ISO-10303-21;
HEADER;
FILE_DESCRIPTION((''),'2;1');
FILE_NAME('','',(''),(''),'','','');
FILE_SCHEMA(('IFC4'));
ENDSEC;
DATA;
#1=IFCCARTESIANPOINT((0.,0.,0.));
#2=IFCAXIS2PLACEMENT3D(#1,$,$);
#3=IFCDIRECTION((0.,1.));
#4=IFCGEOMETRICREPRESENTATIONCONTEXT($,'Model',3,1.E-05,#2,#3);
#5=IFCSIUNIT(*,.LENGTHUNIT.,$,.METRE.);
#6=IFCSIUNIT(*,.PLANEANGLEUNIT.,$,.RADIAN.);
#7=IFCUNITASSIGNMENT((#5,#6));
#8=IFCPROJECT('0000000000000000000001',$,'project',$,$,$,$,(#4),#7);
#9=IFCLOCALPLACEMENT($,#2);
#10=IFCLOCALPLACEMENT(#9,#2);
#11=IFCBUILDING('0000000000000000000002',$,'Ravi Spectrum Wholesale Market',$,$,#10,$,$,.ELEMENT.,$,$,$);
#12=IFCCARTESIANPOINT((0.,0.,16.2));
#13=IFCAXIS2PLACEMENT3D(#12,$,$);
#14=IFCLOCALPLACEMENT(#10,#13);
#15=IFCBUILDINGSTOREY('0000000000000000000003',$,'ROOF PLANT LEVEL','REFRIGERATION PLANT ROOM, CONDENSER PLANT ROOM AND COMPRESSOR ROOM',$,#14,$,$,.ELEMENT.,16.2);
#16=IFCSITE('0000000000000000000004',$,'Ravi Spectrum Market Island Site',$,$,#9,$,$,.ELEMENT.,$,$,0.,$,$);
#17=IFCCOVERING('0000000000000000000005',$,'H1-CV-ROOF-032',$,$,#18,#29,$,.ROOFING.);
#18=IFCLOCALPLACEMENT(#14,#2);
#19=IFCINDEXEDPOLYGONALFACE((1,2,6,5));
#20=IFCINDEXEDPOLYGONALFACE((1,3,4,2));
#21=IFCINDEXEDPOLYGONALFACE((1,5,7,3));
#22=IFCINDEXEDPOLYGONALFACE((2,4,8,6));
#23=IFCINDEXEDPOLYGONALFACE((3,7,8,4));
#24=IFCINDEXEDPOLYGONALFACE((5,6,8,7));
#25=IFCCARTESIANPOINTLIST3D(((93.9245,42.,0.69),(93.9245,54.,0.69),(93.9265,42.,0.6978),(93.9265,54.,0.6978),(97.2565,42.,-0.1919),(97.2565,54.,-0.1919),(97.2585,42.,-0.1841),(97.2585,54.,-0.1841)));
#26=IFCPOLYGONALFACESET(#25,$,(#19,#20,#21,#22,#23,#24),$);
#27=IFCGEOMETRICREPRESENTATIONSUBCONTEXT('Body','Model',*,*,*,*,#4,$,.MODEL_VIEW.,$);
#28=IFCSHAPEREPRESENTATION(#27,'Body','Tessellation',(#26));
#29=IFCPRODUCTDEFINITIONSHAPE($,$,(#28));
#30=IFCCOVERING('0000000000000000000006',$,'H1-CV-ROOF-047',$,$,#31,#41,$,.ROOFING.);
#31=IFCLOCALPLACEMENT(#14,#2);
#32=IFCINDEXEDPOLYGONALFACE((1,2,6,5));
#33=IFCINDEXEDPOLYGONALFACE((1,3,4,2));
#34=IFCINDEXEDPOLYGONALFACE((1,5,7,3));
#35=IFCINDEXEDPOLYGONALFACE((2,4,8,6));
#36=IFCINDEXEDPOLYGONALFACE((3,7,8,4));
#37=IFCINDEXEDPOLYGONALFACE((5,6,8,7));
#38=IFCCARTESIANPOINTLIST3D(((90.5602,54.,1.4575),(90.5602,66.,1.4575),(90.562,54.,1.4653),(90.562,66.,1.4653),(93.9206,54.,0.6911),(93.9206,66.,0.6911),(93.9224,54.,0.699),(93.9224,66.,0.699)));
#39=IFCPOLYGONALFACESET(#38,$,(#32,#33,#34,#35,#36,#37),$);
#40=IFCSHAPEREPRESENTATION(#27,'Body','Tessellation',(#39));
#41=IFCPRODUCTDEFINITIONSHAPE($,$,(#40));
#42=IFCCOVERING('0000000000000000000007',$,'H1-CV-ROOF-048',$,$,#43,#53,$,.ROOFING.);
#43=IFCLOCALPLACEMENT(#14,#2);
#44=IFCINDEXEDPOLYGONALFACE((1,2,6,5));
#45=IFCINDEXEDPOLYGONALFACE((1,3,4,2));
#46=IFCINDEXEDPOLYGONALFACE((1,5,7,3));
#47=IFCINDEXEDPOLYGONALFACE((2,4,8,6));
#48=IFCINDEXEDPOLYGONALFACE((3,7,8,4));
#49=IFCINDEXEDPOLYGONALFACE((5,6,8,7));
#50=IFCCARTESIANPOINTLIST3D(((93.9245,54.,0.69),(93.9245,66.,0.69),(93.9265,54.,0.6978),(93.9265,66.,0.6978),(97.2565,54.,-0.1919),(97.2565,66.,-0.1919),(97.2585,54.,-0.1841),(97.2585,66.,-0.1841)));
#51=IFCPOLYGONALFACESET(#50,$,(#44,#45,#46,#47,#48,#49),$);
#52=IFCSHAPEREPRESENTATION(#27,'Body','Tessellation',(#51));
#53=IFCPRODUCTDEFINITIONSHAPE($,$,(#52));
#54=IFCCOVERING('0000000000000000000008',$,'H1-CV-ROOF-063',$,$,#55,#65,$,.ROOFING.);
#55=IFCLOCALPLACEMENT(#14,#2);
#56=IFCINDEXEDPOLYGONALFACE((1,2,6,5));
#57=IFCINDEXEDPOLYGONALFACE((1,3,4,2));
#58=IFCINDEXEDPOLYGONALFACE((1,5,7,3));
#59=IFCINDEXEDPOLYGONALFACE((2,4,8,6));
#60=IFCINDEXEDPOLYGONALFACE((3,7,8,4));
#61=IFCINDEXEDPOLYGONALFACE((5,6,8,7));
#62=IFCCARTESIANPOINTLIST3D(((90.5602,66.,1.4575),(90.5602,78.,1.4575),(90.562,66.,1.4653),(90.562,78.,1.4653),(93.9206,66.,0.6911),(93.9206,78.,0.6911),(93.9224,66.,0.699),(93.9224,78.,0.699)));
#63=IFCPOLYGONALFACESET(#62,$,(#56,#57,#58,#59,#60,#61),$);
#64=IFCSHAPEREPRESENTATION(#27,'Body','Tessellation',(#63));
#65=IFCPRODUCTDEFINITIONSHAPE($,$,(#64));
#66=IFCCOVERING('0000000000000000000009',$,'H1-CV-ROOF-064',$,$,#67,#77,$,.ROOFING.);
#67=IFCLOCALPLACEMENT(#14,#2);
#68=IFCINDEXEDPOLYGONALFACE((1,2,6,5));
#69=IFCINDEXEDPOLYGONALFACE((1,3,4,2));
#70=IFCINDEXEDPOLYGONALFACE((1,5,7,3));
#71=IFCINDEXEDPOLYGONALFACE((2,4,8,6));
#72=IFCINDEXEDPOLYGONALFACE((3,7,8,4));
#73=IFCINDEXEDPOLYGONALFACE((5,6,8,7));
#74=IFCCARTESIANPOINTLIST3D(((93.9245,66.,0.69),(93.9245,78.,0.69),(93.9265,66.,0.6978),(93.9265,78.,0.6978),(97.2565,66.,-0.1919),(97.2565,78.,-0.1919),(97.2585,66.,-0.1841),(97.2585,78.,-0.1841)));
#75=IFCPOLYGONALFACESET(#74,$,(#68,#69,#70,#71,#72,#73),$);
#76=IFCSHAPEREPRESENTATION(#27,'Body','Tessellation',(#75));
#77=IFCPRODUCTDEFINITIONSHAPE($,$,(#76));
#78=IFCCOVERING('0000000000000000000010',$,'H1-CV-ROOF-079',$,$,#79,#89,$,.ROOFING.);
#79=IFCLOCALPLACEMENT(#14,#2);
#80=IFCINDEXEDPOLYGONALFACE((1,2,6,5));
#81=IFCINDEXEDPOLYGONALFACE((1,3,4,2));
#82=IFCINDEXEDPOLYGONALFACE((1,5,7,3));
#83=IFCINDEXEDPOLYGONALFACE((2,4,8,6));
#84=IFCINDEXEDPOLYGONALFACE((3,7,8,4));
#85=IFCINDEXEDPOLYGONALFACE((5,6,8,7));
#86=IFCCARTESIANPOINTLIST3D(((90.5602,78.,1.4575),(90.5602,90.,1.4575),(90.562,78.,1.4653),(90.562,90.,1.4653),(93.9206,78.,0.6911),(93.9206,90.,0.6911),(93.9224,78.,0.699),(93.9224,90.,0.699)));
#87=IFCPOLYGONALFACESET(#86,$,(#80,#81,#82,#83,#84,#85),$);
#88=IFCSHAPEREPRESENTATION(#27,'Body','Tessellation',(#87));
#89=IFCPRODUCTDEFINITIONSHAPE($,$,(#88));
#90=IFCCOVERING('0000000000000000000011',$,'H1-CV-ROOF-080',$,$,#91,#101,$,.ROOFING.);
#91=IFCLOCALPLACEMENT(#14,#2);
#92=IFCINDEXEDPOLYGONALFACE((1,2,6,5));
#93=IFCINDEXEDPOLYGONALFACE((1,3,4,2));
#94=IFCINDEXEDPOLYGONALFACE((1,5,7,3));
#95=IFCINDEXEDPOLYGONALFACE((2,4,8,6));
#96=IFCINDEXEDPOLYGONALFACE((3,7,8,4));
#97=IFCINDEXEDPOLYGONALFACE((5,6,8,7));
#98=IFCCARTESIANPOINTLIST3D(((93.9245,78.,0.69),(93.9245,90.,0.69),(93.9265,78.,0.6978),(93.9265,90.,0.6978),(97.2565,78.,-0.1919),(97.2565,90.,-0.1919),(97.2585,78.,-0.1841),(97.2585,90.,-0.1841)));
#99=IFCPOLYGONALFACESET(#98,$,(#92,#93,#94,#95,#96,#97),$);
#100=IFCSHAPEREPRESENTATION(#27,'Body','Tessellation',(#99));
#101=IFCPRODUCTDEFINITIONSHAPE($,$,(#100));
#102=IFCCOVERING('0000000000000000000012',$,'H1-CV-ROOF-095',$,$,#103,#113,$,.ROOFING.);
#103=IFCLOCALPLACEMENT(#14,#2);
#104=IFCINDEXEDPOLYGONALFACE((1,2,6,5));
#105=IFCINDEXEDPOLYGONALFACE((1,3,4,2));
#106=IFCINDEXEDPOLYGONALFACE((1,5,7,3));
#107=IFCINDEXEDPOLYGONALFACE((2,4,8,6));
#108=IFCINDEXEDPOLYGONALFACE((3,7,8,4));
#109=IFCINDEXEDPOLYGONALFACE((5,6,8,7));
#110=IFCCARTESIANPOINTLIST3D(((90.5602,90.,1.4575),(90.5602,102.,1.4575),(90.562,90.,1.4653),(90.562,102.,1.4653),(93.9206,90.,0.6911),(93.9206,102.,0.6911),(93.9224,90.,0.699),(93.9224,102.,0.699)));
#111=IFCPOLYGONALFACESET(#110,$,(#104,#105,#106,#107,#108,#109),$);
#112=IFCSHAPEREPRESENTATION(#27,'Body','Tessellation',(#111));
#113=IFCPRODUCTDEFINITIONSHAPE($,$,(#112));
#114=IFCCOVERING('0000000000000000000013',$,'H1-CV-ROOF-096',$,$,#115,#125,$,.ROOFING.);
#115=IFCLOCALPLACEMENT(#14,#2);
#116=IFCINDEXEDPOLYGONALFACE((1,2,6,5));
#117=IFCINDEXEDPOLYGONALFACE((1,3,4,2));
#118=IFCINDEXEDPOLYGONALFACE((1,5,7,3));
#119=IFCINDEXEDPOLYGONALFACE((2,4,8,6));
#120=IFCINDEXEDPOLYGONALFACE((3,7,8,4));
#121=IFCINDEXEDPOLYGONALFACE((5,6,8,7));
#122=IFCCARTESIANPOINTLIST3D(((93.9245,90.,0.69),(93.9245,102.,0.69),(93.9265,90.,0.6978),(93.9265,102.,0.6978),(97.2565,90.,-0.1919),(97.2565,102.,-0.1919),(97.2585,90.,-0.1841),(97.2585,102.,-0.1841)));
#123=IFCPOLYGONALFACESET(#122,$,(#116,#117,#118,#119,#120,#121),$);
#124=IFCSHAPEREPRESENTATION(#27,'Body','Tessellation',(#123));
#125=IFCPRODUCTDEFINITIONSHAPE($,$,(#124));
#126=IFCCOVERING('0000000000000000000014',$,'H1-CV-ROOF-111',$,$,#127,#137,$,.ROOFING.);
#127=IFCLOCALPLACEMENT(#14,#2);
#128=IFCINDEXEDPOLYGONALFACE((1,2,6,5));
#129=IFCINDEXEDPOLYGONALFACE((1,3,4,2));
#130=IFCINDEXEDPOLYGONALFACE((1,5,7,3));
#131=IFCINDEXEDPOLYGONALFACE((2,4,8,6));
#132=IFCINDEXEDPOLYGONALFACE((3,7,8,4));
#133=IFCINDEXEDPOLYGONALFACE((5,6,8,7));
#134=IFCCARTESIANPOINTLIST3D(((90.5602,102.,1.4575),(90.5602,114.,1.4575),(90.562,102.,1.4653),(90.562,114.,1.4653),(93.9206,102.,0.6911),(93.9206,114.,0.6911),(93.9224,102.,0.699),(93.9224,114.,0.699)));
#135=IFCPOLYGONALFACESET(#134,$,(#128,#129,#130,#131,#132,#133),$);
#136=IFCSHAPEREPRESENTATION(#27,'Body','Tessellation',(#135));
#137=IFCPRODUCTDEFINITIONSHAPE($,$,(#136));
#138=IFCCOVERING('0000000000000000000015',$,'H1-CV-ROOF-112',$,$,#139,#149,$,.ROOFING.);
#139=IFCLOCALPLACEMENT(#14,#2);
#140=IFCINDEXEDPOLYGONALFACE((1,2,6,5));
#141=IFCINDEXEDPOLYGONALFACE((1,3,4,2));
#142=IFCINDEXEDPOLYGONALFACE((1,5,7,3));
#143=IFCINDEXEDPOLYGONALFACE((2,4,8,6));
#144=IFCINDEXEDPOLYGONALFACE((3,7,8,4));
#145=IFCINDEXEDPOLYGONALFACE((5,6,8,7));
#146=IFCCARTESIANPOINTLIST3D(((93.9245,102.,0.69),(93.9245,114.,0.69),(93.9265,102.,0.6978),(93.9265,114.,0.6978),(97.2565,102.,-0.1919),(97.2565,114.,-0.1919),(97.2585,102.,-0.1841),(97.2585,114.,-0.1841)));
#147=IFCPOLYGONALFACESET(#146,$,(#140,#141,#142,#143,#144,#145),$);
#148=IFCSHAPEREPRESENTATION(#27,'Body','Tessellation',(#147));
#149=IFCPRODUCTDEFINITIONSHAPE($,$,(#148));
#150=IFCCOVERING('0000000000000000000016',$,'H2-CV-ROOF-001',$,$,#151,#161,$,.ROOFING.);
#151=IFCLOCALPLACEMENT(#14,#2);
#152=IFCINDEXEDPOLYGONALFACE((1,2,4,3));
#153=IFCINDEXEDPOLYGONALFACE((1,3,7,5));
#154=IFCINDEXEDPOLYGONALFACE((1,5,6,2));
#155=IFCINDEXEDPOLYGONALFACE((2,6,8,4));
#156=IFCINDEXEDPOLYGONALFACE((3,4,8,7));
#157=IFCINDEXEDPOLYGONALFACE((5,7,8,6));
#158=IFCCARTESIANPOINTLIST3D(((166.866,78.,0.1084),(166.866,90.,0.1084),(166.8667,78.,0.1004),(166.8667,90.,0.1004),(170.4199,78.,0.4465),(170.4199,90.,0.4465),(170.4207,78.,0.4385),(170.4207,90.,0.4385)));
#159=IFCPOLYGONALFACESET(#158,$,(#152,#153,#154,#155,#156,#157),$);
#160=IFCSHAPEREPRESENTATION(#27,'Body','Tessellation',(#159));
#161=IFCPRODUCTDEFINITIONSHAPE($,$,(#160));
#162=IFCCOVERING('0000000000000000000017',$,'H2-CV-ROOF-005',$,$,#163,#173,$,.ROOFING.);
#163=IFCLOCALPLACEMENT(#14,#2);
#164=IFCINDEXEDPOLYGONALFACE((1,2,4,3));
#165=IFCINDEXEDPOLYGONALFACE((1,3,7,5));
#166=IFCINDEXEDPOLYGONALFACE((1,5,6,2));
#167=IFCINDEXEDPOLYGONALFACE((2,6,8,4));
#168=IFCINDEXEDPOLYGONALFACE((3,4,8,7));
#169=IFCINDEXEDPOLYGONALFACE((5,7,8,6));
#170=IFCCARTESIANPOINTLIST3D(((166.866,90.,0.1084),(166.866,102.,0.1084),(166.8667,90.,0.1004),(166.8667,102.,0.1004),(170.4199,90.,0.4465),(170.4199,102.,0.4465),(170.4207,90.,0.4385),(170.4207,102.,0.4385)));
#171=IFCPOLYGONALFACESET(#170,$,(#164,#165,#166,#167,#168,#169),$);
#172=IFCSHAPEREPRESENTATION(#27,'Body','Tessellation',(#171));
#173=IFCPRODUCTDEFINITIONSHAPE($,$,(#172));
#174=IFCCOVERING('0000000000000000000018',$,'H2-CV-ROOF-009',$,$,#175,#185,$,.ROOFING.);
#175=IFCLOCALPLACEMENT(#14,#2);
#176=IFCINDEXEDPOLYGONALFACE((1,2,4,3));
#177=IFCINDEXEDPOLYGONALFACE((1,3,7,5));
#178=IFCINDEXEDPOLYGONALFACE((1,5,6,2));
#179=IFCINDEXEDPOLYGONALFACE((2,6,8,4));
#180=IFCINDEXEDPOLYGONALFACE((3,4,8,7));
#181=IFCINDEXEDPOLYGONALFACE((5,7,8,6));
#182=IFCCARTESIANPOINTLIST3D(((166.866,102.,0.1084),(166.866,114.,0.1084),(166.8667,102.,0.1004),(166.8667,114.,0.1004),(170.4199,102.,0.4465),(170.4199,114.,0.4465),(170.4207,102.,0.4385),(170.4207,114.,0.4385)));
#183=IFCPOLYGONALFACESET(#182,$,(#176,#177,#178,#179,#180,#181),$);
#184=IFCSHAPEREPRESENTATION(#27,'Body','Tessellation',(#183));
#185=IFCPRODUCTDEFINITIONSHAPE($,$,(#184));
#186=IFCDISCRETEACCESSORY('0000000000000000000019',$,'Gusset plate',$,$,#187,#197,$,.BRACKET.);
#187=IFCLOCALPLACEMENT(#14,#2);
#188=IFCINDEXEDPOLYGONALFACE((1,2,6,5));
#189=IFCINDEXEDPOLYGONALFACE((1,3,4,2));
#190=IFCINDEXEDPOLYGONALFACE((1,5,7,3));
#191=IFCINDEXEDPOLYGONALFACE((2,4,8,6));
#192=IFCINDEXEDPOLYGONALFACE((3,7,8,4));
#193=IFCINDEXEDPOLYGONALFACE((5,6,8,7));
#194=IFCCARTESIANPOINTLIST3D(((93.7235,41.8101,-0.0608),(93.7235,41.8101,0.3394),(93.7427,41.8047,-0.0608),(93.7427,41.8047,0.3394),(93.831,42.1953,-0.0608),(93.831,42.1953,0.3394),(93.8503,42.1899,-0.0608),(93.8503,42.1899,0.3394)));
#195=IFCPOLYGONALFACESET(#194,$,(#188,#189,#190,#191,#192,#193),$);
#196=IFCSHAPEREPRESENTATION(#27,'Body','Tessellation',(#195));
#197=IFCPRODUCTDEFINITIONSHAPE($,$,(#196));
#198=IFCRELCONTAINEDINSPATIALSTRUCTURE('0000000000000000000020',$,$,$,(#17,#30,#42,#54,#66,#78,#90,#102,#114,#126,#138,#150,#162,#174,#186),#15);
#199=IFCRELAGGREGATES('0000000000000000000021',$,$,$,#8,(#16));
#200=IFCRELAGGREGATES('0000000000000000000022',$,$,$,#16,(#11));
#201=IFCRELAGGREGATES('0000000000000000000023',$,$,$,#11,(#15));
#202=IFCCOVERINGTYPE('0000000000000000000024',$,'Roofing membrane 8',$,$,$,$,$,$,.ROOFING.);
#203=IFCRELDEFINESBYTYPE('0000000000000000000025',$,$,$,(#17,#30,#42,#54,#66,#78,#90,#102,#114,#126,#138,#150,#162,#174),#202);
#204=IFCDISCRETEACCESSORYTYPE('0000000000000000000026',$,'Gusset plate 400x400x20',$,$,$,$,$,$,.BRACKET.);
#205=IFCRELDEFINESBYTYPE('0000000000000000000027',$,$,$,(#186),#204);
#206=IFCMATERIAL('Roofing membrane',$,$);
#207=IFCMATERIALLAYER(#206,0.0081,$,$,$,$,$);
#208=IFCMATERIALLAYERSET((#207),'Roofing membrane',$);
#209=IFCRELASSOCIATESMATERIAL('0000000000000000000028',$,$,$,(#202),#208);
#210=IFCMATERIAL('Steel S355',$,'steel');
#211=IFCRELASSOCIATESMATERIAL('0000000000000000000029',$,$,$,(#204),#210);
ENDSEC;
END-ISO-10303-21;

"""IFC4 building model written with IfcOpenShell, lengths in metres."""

from ifc_helpers import new_model, si_unit, direction, frame, origin, origin_2d, place, context, subcontext, project, spatial, polyline, rectangle, outline, extrude, material, layer, layer_set, material_profile, profile_set, type_object, element, save


model = new_model("IFC4")

# Units and contexts
model_context = context("Model", 3, precision=1e-05, world=origin(), true_north=direction((0.0, 1.0)))
body_context = subcontext(model_context, "Body", "Model", "MODEL_VIEW")
ifc_project = project(units=[si_unit("LENGTHUNIT", "METRE"), si_unit("PLANEANGLEUNIT", "RADIAN")], contexts=[model_context])

# Site, building, storey
site_placement = place(None, origin())
site = spatial("IfcSite", under=ifc_project, at=site_placement, Name="Ravi Spectrum Market Island Site", CompositionType="ELEMENT", RefElevation=0.0)
building_placement = place(site_placement, origin())
building = spatial("IfcBuilding", under=site, at=building_placement, Name="Ravi Spectrum Wholesale Market", CompositionType="ELEMENT")
storey_placement = place(building_placement, frame((0.0, 0.0, 16.2)))
storey = spatial("IfcBuildingStorey", under=building, at=storey_placement, Name="ROOF PLANT LEVEL", Description="REFRIGERATION PLANT ROOM, CONDENSER PLANT ROOM AND COMPRESSOR ROOM", CompositionType="ELEMENT", Elevation=16.2)

# Coverings
ifc_material_1 = material(Name="Roofing membrane")
ifc_layer_1 = layer(ifc_material_1, 0.0081)
ifc_layer_set_1 = layer_set([ifc_layer_1], Name="Roofing membrane")
covering_type = type_object("IfcCoveringType", Name="Roofing membrane 8", PredefinedType="ROOFING", material=ifc_layer_set_1)
covering_1_placement = place(storey_placement, frame((93.9265, 42.0, 0.6978), z_axis=(0.255846, 0.0, 0.966718), x_axis=(0.966718, 0.0, -0.255846)))
element("IfcCovering", 1, at=covering_1_placement, inside=storey, type_object=covering_type, Name="H1-CV-ROOF-032", PredefinedType="ROOFING", context=body_context, shape_type="SweptSolid", body=[
    extrude(outline(polyline([(0.0, 0.0), (3.4467, 0.0), (3.4467, 12.0), (0.0, 12.0), (0.0, 0.0)])), origin(), (0.0, 0.0, -1.0), 0.0081),
])
covering_2_placement = place(storey_placement, frame((90.562, 54.0, 1.4653), z_axis=(0.22235, 0.0, 0.974967), x_axis=(0.974967, 0.0, -0.22235)))
element("IfcCovering", 2, at=covering_2_placement, inside=storey, type_object=covering_type, Name="H1-CV-ROOF-047", PredefinedType="ROOFING", context=body_context, shape_type="SweptSolid", body=[
    extrude(outline(polyline([(0.0, 0.0), (3.4466, 0.0), (3.4466, 12.0), (0.0, 12.0), (0.0, 0.0)])), origin(), (0.0, 0.0, -1.0), 0.0081),
])
covering_3_placement = place(storey_placement, frame((93.9265, 54.0, 0.6978), z_axis=(0.255846, 0.0, 0.966718), x_axis=(0.966718, 0.0, -0.255846)))
element("IfcCovering", 3, at=covering_3_placement, inside=storey, type_object=covering_type, Name="H1-CV-ROOF-048", PredefinedType="ROOFING", context=body_context, shape_type="SweptSolid", body=[
    extrude(outline(polyline([(0.0, 0.0), (3.4467, 0.0), (3.4467, 12.0), (0.0, 12.0), (0.0, 0.0)])), origin(), (0.0, 0.0, -1.0), 0.0081),
])
covering_4_placement = place(storey_placement, frame((90.562, 66.0, 1.4653), z_axis=(0.22235, 0.0, 0.974967), x_axis=(0.974967, 0.0, -0.22235)))
element("IfcCovering", 4, at=covering_4_placement, inside=storey, type_object=covering_type, Name="H1-CV-ROOF-063", PredefinedType="ROOFING", context=body_context, shape_type="SweptSolid", body=[
    extrude(outline(polyline([(0.0, 0.0), (3.4466, 0.0), (3.4466, 12.0), (0.0, 12.0), (0.0, 0.0)])), origin(), (0.0, 0.0, -1.0), 0.0081),
])
covering_5_placement = place(storey_placement, frame((93.9265, 66.0, 0.6978), z_axis=(0.255846, 0.0, 0.966718), x_axis=(0.966718, 0.0, -0.255846)))
element("IfcCovering", 5, at=covering_5_placement, inside=storey, type_object=covering_type, Name="H1-CV-ROOF-064", PredefinedType="ROOFING", context=body_context, shape_type="SweptSolid", body=[
    extrude(outline(polyline([(0.0, 0.0), (3.4467, 0.0), (3.4467, 12.0), (0.0, 12.0), (0.0, 0.0)])), origin(), (0.0, 0.0, -1.0), 0.0081),
])
covering_6_placement = place(storey_placement, frame((90.562, 78.0, 1.4653), z_axis=(0.22235, 0.0, 0.974967), x_axis=(0.974967, 0.0, -0.22235)))
element("IfcCovering", 6, at=covering_6_placement, inside=storey, type_object=covering_type, Name="H1-CV-ROOF-079", PredefinedType="ROOFING", context=body_context, shape_type="SweptSolid", body=[
    extrude(outline(polyline([(0.0, 0.0), (3.4466, 0.0), (3.4466, 12.0), (0.0, 12.0), (0.0, 0.0)])), origin(), (0.0, 0.0, -1.0), 0.0081),
])
covering_7_placement = place(storey_placement, frame((93.9265, 78.0, 0.6978), z_axis=(0.255846, 0.0, 0.966718), x_axis=(0.966718, 0.0, -0.255846)))
element("IfcCovering", 7, at=covering_7_placement, inside=storey, type_object=covering_type, Name="H1-CV-ROOF-080", PredefinedType="ROOFING", context=body_context, shape_type="SweptSolid", body=[
    extrude(outline(polyline([(0.0, 0.0), (3.4467, 0.0), (3.4467, 12.0), (0.0, 12.0), (0.0, 0.0)])), origin(), (0.0, 0.0, -1.0), 0.0081),
])
covering_8_placement = place(storey_placement, frame((90.562, 90.0, 1.4653), z_axis=(0.22235, 0.0, 0.974967), x_axis=(0.974967, 0.0, -0.22235)))
element("IfcCovering", 8, at=covering_8_placement, inside=storey, type_object=covering_type, Name="H1-CV-ROOF-095", PredefinedType="ROOFING", context=body_context, shape_type="SweptSolid", body=[
    extrude(outline(polyline([(0.0, 0.0), (3.4466, 0.0), (3.4466, 12.0), (0.0, 12.0), (0.0, 0.0)])), origin(), (0.0, 0.0, -1.0), 0.0081),
])
covering_9_placement = place(storey_placement, frame((93.9265, 90.0, 0.6978), z_axis=(0.255846, 0.0, 0.966718), x_axis=(0.966718, 0.0, -0.255846)))
element("IfcCovering", 9, at=covering_9_placement, inside=storey, type_object=covering_type, Name="H1-CV-ROOF-096", PredefinedType="ROOFING", context=body_context, shape_type="SweptSolid", body=[
    extrude(outline(polyline([(0.0, 0.0), (3.4467, 0.0), (3.4467, 12.0), (0.0, 12.0), (0.0, 0.0)])), origin(), (0.0, 0.0, -1.0), 0.0081),
])
covering_10_placement = place(storey_placement, frame((90.562, 102.0, 1.4653), z_axis=(0.22235, 0.0, 0.974967), x_axis=(0.974967, 0.0, -0.22235)))
element("IfcCovering", 10, at=covering_10_placement, inside=storey, type_object=covering_type, Name="H1-CV-ROOF-111", PredefinedType="ROOFING", context=body_context, shape_type="SweptSolid", body=[
    extrude(outline(polyline([(0.0, 0.0), (3.4466, 0.0), (3.4466, 12.0), (0.0, 12.0), (0.0, 0.0)])), origin(), (0.0, 0.0, -1.0), 0.0081),
])
covering_11_placement = place(storey_placement, frame((93.9265, 102.0, 0.6978), z_axis=(0.255846, 0.0, 0.966718), x_axis=(0.966718, 0.0, -0.255846)))
element("IfcCovering", 11, at=covering_11_placement, inside=storey, type_object=covering_type, Name="H1-CV-ROOF-112", PredefinedType="ROOFING", context=body_context, shape_type="SweptSolid", body=[
    extrude(outline(polyline([(0.0, 0.0), (3.4467, 0.0), (3.4467, 12.0), (0.0, 12.0), (0.0, 0.0)])), origin(), (0.0, 0.0, -1.0), 0.0081),
])
for number, where, z_axis, x_axis, name in (
    (12, (166.866, 78.0, 0.1084), (-0.094716, 0.0, 0.995504), (0.995504, 0.0, 0.094716), "H2-CV-ROOF-001"),
    (13, (166.866, 90.0, 0.1084), (-0.094716, 0.0, 0.995504), (0.995504, 0.0, 0.094716), "H2-CV-ROOF-005"),
    (14, (166.866, 102.0, 0.1084), (-0.094716, 0.0, 0.995504), (0.995504, 0.0, 0.094716), "H2-CV-ROOF-009"),
):
    element("IfcCovering", number, at=place(storey_placement, frame(where, z_axis=z_axis, x_axis=x_axis)), inside=storey, type_object=covering_type, Name=name, PredefinedType="ROOFING", context=body_context, shape_type="SweptSolid", body=[
        extrude(outline(polyline([(0.0, 0.0), (3.57, 0.0), (3.57, 12.0), (0.0, 12.0), (0.0, 0.0)])), origin(), (0.0, 0.0, -1.0), 0.0081),
    ])

# Discrete accessory
ifc_material_2 = material(Name="Steel S355", Category="steel")
ifc_material_profile_1 = material_profile(ifc_material_2, rectangle(XDim=0.3999, YDim=0.02, at=origin_2d()))
ifc_profile_set_1 = profile_set([ifc_material_profile_1], Name="Steel S355")
discrete_accessory_type = type_object("IfcDiscreteAccessoryType", Name="Gusset plate 400x400x20", PredefinedType="BRACKET", material=ifc_profile_set_1)
discrete_accessory_placement = place(storey_placement, frame((93.7869, 42.0, -0.0608), z_axis=(0.0, 0.0, 1.0), x_axis=(0.268923, 0.963162, 0.0)))
element("IfcDiscreteAccessory", 15, at=discrete_accessory_placement, inside=storey, type_object=discrete_accessory_type, Name="Gusset plate", PredefinedType="BRACKET", context=body_context, shape_type="SweptSolid", body=[
    extrude(rectangle(XDim=0.3999, YDim=0.02, at=origin_2d()), origin(), (0.0, 0.0, 1.0), 0.4001),
])

save(model, "model.ifc")
